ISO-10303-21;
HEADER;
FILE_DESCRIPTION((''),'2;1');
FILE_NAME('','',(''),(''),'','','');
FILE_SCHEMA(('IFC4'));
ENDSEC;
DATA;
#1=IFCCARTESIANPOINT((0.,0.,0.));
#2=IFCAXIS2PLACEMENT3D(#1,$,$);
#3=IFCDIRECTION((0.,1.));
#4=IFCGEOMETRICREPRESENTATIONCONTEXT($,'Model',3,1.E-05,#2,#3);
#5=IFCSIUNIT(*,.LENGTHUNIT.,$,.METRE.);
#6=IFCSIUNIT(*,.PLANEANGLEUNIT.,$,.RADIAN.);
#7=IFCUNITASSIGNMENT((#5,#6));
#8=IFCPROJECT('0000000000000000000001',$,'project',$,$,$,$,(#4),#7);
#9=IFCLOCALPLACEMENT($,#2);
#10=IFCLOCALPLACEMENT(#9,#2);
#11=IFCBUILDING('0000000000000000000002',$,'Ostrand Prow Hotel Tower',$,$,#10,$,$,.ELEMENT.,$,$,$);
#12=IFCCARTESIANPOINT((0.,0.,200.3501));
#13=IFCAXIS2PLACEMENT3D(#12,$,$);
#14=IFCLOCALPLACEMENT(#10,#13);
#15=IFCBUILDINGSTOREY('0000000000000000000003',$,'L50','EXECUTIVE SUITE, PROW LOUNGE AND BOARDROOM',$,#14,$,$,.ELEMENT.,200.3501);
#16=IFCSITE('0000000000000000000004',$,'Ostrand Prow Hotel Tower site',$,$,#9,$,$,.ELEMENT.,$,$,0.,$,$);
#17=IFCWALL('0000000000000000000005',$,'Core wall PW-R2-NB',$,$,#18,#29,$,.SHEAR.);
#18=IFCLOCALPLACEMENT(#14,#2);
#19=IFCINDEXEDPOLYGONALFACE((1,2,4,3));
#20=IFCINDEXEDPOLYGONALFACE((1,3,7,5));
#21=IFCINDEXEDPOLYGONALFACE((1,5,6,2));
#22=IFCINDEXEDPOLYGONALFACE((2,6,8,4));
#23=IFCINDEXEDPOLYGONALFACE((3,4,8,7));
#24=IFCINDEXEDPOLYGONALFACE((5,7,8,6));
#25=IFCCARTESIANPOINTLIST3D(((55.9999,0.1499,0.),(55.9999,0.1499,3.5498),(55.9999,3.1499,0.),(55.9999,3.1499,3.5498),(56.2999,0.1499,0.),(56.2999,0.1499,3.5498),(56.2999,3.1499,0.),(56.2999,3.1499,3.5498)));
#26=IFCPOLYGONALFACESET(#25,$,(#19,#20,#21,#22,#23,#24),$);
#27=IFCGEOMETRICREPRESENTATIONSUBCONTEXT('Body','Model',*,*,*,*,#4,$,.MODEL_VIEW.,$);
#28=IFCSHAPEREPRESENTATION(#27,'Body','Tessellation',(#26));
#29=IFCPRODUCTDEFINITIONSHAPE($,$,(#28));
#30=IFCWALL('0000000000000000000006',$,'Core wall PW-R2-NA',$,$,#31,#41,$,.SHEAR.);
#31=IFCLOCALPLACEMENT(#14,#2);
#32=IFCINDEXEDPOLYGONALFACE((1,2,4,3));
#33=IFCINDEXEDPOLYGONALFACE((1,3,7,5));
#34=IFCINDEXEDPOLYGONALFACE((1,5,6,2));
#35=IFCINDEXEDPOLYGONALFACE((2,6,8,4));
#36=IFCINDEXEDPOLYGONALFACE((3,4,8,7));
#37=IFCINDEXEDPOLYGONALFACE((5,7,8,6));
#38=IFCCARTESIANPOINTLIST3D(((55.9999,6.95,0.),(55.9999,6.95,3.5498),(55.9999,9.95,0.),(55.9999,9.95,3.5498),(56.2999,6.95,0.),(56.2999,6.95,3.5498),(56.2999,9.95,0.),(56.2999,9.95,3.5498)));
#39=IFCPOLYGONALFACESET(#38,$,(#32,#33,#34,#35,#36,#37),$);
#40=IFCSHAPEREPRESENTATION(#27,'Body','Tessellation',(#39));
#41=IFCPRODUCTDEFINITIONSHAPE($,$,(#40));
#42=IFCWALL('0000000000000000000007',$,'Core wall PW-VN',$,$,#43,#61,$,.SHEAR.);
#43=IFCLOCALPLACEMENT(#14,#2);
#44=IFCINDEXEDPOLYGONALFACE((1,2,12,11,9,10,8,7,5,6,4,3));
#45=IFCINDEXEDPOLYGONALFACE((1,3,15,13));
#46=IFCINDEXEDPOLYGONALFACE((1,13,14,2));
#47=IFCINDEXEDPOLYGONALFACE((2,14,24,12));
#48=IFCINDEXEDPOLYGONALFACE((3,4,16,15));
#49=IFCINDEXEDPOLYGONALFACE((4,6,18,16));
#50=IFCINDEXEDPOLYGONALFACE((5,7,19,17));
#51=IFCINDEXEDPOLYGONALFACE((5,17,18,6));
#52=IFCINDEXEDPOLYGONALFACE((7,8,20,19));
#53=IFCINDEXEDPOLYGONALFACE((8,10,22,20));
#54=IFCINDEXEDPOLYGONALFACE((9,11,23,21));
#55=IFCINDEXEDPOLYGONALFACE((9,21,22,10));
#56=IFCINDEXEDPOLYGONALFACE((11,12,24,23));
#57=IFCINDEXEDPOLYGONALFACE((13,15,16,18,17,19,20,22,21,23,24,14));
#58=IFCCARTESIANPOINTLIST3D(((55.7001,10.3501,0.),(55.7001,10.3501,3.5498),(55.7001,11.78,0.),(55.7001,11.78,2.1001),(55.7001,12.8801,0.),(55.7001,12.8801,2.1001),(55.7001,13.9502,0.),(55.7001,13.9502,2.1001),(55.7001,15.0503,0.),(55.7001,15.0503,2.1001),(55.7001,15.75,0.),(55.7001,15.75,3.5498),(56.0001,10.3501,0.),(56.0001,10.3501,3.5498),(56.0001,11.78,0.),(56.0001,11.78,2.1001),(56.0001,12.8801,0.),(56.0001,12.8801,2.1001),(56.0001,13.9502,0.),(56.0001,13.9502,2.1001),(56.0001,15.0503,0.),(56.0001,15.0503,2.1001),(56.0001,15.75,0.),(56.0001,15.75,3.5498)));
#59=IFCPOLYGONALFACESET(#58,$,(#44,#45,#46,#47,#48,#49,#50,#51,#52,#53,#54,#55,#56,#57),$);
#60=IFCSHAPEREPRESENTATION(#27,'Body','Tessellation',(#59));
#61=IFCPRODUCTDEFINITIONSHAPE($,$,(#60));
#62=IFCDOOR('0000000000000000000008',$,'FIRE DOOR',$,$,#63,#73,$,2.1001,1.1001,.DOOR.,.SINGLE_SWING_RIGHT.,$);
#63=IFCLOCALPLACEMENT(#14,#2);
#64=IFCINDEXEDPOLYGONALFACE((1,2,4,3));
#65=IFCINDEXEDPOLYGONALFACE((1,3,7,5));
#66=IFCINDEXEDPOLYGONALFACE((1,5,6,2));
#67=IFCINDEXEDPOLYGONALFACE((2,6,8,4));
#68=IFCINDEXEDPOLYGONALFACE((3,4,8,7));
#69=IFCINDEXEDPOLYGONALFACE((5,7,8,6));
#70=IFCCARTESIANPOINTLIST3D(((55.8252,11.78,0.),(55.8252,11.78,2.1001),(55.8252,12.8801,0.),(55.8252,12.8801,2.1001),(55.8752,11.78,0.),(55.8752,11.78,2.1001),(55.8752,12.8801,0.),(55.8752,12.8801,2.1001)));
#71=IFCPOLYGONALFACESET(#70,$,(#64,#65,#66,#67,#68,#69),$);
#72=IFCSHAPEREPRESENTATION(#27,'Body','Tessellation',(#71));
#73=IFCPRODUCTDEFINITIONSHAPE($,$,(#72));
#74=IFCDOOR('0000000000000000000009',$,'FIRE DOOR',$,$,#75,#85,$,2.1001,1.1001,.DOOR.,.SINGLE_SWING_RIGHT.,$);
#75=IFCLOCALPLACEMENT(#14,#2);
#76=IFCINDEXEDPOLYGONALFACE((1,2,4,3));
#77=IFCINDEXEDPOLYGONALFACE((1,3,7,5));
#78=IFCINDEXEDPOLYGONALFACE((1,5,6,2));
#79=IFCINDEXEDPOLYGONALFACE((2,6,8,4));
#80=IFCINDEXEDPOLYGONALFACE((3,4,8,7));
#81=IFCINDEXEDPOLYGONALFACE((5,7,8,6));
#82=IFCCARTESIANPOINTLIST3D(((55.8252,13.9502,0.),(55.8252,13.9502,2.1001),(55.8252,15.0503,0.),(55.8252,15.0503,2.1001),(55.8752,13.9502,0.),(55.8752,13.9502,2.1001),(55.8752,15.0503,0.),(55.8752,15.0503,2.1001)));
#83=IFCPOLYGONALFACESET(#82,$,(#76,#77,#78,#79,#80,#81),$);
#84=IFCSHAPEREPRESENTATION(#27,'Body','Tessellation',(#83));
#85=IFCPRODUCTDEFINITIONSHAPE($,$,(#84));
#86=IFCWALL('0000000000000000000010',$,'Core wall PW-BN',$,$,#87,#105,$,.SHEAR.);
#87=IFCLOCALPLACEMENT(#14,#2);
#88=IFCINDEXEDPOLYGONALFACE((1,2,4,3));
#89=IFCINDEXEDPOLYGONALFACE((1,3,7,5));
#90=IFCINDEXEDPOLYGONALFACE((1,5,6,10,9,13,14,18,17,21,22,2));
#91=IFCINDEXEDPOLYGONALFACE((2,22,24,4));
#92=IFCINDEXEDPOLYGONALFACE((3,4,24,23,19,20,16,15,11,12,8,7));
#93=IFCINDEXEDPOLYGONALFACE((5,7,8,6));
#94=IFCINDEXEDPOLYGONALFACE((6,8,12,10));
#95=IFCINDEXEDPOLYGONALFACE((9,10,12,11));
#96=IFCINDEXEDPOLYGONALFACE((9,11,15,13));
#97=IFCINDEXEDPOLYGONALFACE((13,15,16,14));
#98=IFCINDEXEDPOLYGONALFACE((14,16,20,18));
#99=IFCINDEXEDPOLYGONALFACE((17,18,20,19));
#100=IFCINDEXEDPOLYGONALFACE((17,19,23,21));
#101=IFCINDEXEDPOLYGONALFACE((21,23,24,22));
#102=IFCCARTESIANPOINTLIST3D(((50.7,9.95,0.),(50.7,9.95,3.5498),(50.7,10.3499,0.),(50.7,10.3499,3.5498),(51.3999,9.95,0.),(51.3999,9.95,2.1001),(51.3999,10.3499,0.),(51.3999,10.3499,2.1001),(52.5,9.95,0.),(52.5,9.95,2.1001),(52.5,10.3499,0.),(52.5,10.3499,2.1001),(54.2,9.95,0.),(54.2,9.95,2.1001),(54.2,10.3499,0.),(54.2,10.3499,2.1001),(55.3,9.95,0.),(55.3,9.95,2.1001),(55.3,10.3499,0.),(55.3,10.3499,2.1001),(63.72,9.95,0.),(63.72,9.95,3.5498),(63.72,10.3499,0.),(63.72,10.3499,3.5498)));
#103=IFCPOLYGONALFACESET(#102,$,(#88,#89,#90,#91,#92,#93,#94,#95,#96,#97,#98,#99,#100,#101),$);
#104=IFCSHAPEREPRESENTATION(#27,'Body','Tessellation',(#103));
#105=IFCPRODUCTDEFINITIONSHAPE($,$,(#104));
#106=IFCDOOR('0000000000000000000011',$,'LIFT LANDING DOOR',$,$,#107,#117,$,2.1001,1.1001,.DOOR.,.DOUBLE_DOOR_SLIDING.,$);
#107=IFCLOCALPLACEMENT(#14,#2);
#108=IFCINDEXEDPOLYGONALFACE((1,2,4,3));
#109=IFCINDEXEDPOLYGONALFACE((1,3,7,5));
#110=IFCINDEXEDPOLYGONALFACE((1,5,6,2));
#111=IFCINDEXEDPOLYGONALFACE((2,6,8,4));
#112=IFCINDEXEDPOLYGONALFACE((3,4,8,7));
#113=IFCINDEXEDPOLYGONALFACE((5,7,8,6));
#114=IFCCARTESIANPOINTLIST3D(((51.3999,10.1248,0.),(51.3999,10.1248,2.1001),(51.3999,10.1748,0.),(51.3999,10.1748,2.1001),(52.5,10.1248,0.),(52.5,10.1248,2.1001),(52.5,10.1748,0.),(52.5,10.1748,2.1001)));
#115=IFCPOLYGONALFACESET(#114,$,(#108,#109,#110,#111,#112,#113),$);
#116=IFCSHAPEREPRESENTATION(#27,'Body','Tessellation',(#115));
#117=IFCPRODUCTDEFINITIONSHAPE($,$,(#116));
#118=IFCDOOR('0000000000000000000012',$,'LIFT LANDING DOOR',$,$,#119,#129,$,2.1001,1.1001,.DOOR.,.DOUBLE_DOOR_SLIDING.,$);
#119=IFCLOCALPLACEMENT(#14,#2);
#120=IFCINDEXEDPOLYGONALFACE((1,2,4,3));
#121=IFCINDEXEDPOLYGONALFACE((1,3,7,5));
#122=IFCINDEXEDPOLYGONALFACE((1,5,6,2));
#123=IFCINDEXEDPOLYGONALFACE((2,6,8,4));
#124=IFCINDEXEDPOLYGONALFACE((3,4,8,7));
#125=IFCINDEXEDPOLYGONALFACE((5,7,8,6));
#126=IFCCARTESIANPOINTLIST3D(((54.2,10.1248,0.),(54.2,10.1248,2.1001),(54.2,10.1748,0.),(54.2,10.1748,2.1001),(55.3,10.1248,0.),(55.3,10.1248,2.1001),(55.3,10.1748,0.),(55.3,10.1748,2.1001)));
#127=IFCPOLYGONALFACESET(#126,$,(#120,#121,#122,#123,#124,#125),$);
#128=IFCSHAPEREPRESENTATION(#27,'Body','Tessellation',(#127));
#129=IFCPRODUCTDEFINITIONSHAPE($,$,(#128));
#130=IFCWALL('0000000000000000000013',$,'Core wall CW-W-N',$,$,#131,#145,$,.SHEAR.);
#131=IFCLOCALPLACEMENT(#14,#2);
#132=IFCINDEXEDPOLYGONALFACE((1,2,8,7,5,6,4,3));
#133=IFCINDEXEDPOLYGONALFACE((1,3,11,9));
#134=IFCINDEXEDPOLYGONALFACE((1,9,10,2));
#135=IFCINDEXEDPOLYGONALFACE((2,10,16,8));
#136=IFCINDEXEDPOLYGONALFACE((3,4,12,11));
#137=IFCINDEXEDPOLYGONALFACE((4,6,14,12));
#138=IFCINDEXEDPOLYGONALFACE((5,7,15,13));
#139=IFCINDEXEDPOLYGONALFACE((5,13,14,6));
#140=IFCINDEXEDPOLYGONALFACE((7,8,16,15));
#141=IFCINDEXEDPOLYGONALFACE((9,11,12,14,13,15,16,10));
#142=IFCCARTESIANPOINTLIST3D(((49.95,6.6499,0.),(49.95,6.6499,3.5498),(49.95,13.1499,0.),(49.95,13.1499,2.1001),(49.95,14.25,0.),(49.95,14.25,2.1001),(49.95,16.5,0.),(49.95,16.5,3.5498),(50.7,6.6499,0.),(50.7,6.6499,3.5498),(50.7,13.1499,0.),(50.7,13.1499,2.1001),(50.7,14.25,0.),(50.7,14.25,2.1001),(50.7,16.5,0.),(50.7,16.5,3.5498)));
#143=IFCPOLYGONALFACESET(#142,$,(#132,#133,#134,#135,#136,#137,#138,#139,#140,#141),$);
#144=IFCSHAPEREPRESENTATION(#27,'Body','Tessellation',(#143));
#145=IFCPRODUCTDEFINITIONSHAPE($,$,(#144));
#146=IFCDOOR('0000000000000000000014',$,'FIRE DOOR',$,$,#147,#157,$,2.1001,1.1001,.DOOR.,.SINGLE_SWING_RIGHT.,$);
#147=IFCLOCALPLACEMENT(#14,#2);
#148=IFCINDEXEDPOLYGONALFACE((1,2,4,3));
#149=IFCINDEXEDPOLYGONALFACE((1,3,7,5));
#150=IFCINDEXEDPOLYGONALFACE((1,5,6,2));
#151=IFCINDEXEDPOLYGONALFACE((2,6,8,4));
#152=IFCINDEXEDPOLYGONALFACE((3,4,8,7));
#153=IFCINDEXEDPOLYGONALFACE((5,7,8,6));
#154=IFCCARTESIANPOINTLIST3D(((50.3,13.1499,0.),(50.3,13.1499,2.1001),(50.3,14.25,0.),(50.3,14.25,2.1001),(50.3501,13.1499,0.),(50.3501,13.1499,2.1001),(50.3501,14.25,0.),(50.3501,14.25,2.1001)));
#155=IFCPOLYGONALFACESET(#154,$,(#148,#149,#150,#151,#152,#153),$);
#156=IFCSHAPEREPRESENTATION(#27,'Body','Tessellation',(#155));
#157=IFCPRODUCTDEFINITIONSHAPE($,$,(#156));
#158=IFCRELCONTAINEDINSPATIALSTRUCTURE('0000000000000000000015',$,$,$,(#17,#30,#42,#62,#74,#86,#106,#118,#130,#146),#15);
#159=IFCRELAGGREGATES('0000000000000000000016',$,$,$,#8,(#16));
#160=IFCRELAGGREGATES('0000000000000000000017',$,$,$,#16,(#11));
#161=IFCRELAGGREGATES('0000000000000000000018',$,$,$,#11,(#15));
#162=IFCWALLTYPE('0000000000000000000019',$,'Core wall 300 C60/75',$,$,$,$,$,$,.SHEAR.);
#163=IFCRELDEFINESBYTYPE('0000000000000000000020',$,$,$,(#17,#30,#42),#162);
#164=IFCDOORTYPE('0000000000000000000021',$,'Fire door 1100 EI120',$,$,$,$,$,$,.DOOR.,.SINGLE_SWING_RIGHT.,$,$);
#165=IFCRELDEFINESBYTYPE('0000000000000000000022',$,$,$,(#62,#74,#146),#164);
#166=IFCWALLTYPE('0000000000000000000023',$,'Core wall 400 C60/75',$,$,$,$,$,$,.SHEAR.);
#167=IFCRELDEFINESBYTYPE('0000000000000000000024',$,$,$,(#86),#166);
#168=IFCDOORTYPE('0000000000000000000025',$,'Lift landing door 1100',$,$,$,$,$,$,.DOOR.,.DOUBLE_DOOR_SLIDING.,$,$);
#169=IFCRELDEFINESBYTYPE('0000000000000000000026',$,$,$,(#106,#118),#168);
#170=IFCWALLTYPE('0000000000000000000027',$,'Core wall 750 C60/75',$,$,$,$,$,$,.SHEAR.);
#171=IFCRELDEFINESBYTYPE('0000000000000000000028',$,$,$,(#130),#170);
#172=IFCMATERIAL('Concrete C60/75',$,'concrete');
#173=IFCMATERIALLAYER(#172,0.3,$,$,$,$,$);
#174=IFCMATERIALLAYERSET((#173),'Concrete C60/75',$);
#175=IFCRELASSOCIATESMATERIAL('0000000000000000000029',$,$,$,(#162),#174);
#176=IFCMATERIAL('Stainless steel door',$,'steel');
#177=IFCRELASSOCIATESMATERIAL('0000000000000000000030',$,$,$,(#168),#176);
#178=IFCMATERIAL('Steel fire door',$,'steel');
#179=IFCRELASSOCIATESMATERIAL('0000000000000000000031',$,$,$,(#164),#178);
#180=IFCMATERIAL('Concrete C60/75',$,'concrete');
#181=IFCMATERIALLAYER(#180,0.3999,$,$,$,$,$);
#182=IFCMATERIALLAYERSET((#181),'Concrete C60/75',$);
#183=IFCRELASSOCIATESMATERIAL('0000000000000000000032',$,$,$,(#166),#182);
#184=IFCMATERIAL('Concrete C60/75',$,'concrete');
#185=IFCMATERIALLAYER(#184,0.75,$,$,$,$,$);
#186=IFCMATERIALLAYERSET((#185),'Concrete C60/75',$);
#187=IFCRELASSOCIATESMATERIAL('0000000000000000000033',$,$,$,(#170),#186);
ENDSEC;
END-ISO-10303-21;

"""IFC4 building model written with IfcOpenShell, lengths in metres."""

from ifc_helpers import new_model, si_unit, direction, frame, frame_2d, origin, place, context, subcontext, project, spatial, rectangle, extrude, material, layer, layer_set, type_object, element, fill, save


model = new_model("IFC4")

# Units and contexts
model_context = context("Model", 3, precision=1e-05, world=origin(), true_north=direction((0.0, 1.0)))
body_context = subcontext(model_context, "Body", "Model", "MODEL_VIEW")
ifc_project = project(units=[si_unit("LENGTHUNIT", "METRE"), si_unit("PLANEANGLEUNIT", "RADIAN")], contexts=[model_context])

# Site, building, storey
site_placement = place(None, origin())
site = spatial("IfcSite", under=ifc_project, at=site_placement, Name="Ostrand Prow Hotel Tower site", CompositionType="ELEMENT", RefElevation=0.0)
building_placement = place(site_placement, origin())
building = spatial("IfcBuilding", under=site, at=building_placement, Name="Ostrand Prow Hotel Tower", CompositionType="ELEMENT")
storey_placement = place(building_placement, frame((0.0, 0.0, 200.3501)))
storey = spatial("IfcBuildingStorey", under=building, at=storey_placement, Name="L50", Description="EXECUTIVE SUITE, PROW LOUNGE AND BOARDROOM", CompositionType="ELEMENT", Elevation=200.3501)

# Shared definitions
ifc_material_1 = material(Name="Concrete C60/75", Category="concrete")
ifc_layer_1 = layer(ifc_material_1, 0.3)
ifc_layer_set_1 = layer_set([ifc_layer_1], Name="Concrete C60/75")
wall_type_1 = type_object("IfcWallType", Name="Core wall 300 C60/75", PredefinedType="SHEAR", material=ifc_layer_set_1)
ifc_material_2 = material(Name="Stainless steel door", Category="steel")
door_type_1 = type_object("IfcDoorType", Name="Lift landing door 1100", OperationType="DOUBLE_DOOR_SLIDING", PredefinedType="DOOR", material=ifc_material_2)

# Walls
for number, where, z_axis, x_axis, name in (
    (1, (56.1499, 0.1499, 0.0), (0.0, 0.0, 1.0), (0.0, 1.0, 0.0), "Core wall PW-R2-NB"),
    (2, (56.1499, 6.95, 0.0), (0.0, 0.0, 1.0), (0.0, 1.0, 0.0), "Core wall PW-R2-NA"),
):
    element("IfcWall", number, at=place(storey_placement, frame(where, z_axis=z_axis, x_axis=x_axis)), inside=storey, type_object=wall_type_1, Name=name, PredefinedType="SHEAR", context=body_context, shape_type="SweptSolid", body=[
        extrude(rectangle(XDim=3.0, YDim=0.3, at=frame_2d((1.5, 0.0))), origin(), (0.0, 0.0, 1.0), 3.5498),
    ])

# Walls, openings, doors
wall_1_placement = place(storey_placement, frame((55.8501, 10.3501, 0.0), z_axis=(0.0, 0.0, 1.0), x_axis=(0.0, 1.0, 0.0)))
wall_1 = element("IfcWall", 3, at=wall_1_placement, inside=storey, type_object=wall_type_1, Name="Core wall PW-VN", PredefinedType="SHEAR", context=body_context, shape_type="SweptSolid", body=[
    extrude(rectangle(XDim=5.3999, YDim=0.3, at=frame_2d((2.7, 0.0))), origin(), (0.0, 0.0, 1.0), 3.5498),
])
opening_1_placement = place(wall_1_placement, frame((1.4299, 0.0, 0.0)))
opening_1 = element("IfcOpeningElement", 4, at=opening_1_placement, cuts=wall_1, PredefinedType="OPENING", context=body_context, shape_type="SweptSolid", body=[
    extrude(rectangle(XDim=1.1001, YDim=2.1001, at=frame_2d((0.55, 1.05))), frame((0.0, 0.1599, 0.0), z_axis=(0.0, -1.0, 0.0), x_axis=(1.0, 0.0, 0.0)), (0.0, 0.0, 1.0), 0.3201),
])
opening_2_placement = place(wall_1_placement, frame((3.6001, 0.0, 0.0)))
opening_2 = element("IfcOpeningElement", 5, at=opening_2_placement, cuts=wall_1, PredefinedType="OPENING", context=body_context, shape_type="SweptSolid", body=[
    extrude(rectangle(XDim=1.1001, YDim=2.1001, at=frame_2d((0.55, 1.05))), frame((0.0, 0.1599, 0.0), z_axis=(0.0, -1.0, 0.0), x_axis=(1.0, 0.0, 0.0)), (0.0, 0.0, 1.0), 0.3201),
])
ifc_material_3 = material(Name="Steel fire door", Category="steel")
door_type_2 = type_object("IfcDoorType", Name="Fire door 1100 EI120", OperationType="SINGLE_SWING_RIGHT", PredefinedType="DOOR", material=ifc_material_3)
door_1_placement = place(opening_1_placement, origin())
door_1 = element("IfcDoor", 6, at=door_1_placement, inside=storey, type_object=door_type_2, Name="FIRE DOOR", OperationType="SINGLE_SWING_RIGHT", OverallHeight=2.1001, OverallWidth=1.1001, PredefinedType="DOOR", context=body_context, shape_type="SweptSolid", body=[
    extrude(rectangle(XDim=1.1001, YDim=2.1001, at=frame_2d((0.55, 1.05))), frame((0.0, 0.0249, 0.0), z_axis=(0.0, -1.0, 0.0), x_axis=(1.0, 0.0, 0.0)), (0.0, 0.0, 1.0), 0.05),
])
fill(opening_1, door_1)
door_2_placement = place(opening_2_placement, origin())
door_2 = element("IfcDoor", 7, at=door_2_placement, inside=storey, type_object=door_type_2, Name="FIRE DOOR", OperationType="SINGLE_SWING_RIGHT", OverallHeight=2.1001, OverallWidth=1.1001, PredefinedType="DOOR", context=body_context, shape_type="SweptSolid", body=[
    extrude(rectangle(XDim=1.1001, YDim=2.1001, at=frame_2d((0.55, 1.05))), frame((0.0, 0.0249, 0.0), z_axis=(0.0, -1.0, 0.0), x_axis=(1.0, 0.0, 0.0)), (0.0, 0.0, 1.0), 0.05),
])
fill(opening_2, door_2)
ifc_material_4 = material(Name="Concrete C60/75", Category="concrete")
ifc_layer_2 = layer(ifc_material_4, 0.3999)
ifc_layer_set_2 = layer_set([ifc_layer_2], Name="Concrete C60/75")
wall_type_2 = type_object("IfcWallType", Name="Core wall 400 C60/75", PredefinedType="SHEAR", material=ifc_layer_set_2)
wall_2_placement = place(storey_placement, frame((50.7, 10.1499, 0.0), z_axis=(0.0, 0.0, 1.0), x_axis=(1.0, 0.0, 0.0)))
wall_2 = element("IfcWall", 8, at=wall_2_placement, inside=storey, type_object=wall_type_2, Name="Core wall PW-BN", PredefinedType="SHEAR", context=body_context, shape_type="SweptSolid", body=[
    extrude(rectangle(XDim=13.02, YDim=0.3999, at=frame_2d((6.51, 0.0))), origin(), (0.0, 0.0, 1.0), 3.5498),
])
opening_3_placement = place(wall_2_placement, frame((0.7, 0.0, 0.0)))
opening_3 = element("IfcOpeningElement", 9, at=opening_3_placement, cuts=wall_2, PredefinedType="OPENING", context=body_context, shape_type="SweptSolid", body=[
    extrude(rectangle(XDim=1.1001, YDim=2.1001, at=frame_2d((0.55, 1.05))), frame((0.0, 0.21, 0.0), z_axis=(0.0, -1.0, 0.0), x_axis=(1.0, 0.0, 0.0)), (0.0, 0.0, 1.0), 0.4199),
])
opening_4_placement = place(wall_2_placement, frame((3.5, 0.0, 0.0)))
opening_4 = element("IfcOpeningElement", 10, at=opening_4_placement, cuts=wall_2, PredefinedType="OPENING", context=body_context, shape_type="SweptSolid", body=[
    extrude(rectangle(XDim=1.1001, YDim=2.1001, at=frame_2d((0.55, 1.05))), frame((0.0, 0.21, 0.0), z_axis=(0.0, -1.0, 0.0), x_axis=(1.0, 0.0, 0.0)), (0.0, 0.0, 1.0), 0.4199),
])
door_3_placement = place(opening_3_placement, origin())
door_3 = element("IfcDoor", 11, at=door_3_placement, inside=storey, type_object=door_type_1, Name="LIFT LANDING DOOR", OperationType="DOUBLE_DOOR_SLIDING", OverallHeight=2.1001, OverallWidth=1.1001, PredefinedType="DOOR", context=body_context, shape_type="SweptSolid", body=[
    extrude(rectangle(XDim=1.1001, YDim=2.1001, at=frame_2d((0.55, 1.05))), frame((0.0, 0.0249, 0.0), z_axis=(0.0, -1.0, 0.0), x_axis=(1.0, 0.0, 0.0)), (0.0, 0.0, 1.0), 0.05),
])
fill(opening_3, door_3)
door_4_placement = place(opening_4_placement, origin())
door_4 = element("IfcDoor", 12, at=door_4_placement, inside=storey, type_object=door_type_1, Name="LIFT LANDING DOOR", OperationType="DOUBLE_DOOR_SLIDING", OverallHeight=2.1001, OverallWidth=1.1001, PredefinedType="DOOR", context=body_context, shape_type="SweptSolid", body=[
    extrude(rectangle(XDim=1.1001, YDim=2.1001, at=frame_2d((0.55, 1.05))), frame((0.0, 0.0249, 0.0), z_axis=(0.0, -1.0, 0.0), x_axis=(1.0, 0.0, 0.0)), (0.0, 0.0, 1.0), 0.05),
])
fill(opening_4, door_4)

# Wall, opening, door
ifc_material_5 = material(Name="Concrete C60/75", Category="concrete")
ifc_layer_3 = layer(ifc_material_5, 0.75)
ifc_layer_set_3 = layer_set([ifc_layer_3], Name="Concrete C60/75")
wall_type_3 = type_object("IfcWallType", Name="Core wall 750 C60/75", PredefinedType="SHEAR", material=ifc_layer_set_3)
wall_3_placement = place(storey_placement, frame((50.325, 6.6499, 0.0), z_axis=(0.0, 0.0, 1.0), x_axis=(0.0, 1.0, 0.0)))
wall_3 = element("IfcWall", 13, at=wall_3_placement, inside=storey, type_object=wall_type_3, Name="Core wall CW-W-N", PredefinedType="SHEAR", context=body_context, shape_type="SweptSolid", body=[
    extrude(rectangle(XDim=9.8501, YDim=0.75, at=frame_2d((4.925, 0.0))), origin(), (0.0, 0.0, 1.0), 3.5498),
])
opening_5_placement = place(wall_3_placement, frame((6.5, 0.0, 0.0)))
opening_5 = element("IfcOpeningElement", 14, at=opening_5_placement, cuts=wall_3, PredefinedType="OPENING", context=body_context, shape_type="SweptSolid", body=[
    extrude(rectangle(XDim=1.1001, YDim=2.1001, at=frame_2d((0.55, 1.05))), frame((0.0, 0.385, 0.0), z_axis=(0.0, -1.0, 0.0), x_axis=(1.0, 0.0, 0.0)), (0.0, 0.0, 1.0), 0.77),
])
door_5_placement = place(opening_5_placement, origin())
door_5 = element("IfcDoor", 15, at=door_5_placement, inside=storey, type_object=door_type_2, Name="FIRE DOOR", OperationType="SINGLE_SWING_RIGHT", OverallHeight=2.1001, OverallWidth=1.1001, PredefinedType="DOOR", context=body_context, shape_type="SweptSolid", body=[
    extrude(rectangle(XDim=1.1001, YDim=2.1001, at=frame_2d((0.55, 1.05))), frame((0.0, 0.0249, 0.0), z_axis=(0.0, -1.0, 0.0), x_axis=(1.0, 0.0, 0.0)), (0.0, 0.0, 1.0), 0.05),
])
fill(opening_5, door_5)

save(model, "model.ifc")
